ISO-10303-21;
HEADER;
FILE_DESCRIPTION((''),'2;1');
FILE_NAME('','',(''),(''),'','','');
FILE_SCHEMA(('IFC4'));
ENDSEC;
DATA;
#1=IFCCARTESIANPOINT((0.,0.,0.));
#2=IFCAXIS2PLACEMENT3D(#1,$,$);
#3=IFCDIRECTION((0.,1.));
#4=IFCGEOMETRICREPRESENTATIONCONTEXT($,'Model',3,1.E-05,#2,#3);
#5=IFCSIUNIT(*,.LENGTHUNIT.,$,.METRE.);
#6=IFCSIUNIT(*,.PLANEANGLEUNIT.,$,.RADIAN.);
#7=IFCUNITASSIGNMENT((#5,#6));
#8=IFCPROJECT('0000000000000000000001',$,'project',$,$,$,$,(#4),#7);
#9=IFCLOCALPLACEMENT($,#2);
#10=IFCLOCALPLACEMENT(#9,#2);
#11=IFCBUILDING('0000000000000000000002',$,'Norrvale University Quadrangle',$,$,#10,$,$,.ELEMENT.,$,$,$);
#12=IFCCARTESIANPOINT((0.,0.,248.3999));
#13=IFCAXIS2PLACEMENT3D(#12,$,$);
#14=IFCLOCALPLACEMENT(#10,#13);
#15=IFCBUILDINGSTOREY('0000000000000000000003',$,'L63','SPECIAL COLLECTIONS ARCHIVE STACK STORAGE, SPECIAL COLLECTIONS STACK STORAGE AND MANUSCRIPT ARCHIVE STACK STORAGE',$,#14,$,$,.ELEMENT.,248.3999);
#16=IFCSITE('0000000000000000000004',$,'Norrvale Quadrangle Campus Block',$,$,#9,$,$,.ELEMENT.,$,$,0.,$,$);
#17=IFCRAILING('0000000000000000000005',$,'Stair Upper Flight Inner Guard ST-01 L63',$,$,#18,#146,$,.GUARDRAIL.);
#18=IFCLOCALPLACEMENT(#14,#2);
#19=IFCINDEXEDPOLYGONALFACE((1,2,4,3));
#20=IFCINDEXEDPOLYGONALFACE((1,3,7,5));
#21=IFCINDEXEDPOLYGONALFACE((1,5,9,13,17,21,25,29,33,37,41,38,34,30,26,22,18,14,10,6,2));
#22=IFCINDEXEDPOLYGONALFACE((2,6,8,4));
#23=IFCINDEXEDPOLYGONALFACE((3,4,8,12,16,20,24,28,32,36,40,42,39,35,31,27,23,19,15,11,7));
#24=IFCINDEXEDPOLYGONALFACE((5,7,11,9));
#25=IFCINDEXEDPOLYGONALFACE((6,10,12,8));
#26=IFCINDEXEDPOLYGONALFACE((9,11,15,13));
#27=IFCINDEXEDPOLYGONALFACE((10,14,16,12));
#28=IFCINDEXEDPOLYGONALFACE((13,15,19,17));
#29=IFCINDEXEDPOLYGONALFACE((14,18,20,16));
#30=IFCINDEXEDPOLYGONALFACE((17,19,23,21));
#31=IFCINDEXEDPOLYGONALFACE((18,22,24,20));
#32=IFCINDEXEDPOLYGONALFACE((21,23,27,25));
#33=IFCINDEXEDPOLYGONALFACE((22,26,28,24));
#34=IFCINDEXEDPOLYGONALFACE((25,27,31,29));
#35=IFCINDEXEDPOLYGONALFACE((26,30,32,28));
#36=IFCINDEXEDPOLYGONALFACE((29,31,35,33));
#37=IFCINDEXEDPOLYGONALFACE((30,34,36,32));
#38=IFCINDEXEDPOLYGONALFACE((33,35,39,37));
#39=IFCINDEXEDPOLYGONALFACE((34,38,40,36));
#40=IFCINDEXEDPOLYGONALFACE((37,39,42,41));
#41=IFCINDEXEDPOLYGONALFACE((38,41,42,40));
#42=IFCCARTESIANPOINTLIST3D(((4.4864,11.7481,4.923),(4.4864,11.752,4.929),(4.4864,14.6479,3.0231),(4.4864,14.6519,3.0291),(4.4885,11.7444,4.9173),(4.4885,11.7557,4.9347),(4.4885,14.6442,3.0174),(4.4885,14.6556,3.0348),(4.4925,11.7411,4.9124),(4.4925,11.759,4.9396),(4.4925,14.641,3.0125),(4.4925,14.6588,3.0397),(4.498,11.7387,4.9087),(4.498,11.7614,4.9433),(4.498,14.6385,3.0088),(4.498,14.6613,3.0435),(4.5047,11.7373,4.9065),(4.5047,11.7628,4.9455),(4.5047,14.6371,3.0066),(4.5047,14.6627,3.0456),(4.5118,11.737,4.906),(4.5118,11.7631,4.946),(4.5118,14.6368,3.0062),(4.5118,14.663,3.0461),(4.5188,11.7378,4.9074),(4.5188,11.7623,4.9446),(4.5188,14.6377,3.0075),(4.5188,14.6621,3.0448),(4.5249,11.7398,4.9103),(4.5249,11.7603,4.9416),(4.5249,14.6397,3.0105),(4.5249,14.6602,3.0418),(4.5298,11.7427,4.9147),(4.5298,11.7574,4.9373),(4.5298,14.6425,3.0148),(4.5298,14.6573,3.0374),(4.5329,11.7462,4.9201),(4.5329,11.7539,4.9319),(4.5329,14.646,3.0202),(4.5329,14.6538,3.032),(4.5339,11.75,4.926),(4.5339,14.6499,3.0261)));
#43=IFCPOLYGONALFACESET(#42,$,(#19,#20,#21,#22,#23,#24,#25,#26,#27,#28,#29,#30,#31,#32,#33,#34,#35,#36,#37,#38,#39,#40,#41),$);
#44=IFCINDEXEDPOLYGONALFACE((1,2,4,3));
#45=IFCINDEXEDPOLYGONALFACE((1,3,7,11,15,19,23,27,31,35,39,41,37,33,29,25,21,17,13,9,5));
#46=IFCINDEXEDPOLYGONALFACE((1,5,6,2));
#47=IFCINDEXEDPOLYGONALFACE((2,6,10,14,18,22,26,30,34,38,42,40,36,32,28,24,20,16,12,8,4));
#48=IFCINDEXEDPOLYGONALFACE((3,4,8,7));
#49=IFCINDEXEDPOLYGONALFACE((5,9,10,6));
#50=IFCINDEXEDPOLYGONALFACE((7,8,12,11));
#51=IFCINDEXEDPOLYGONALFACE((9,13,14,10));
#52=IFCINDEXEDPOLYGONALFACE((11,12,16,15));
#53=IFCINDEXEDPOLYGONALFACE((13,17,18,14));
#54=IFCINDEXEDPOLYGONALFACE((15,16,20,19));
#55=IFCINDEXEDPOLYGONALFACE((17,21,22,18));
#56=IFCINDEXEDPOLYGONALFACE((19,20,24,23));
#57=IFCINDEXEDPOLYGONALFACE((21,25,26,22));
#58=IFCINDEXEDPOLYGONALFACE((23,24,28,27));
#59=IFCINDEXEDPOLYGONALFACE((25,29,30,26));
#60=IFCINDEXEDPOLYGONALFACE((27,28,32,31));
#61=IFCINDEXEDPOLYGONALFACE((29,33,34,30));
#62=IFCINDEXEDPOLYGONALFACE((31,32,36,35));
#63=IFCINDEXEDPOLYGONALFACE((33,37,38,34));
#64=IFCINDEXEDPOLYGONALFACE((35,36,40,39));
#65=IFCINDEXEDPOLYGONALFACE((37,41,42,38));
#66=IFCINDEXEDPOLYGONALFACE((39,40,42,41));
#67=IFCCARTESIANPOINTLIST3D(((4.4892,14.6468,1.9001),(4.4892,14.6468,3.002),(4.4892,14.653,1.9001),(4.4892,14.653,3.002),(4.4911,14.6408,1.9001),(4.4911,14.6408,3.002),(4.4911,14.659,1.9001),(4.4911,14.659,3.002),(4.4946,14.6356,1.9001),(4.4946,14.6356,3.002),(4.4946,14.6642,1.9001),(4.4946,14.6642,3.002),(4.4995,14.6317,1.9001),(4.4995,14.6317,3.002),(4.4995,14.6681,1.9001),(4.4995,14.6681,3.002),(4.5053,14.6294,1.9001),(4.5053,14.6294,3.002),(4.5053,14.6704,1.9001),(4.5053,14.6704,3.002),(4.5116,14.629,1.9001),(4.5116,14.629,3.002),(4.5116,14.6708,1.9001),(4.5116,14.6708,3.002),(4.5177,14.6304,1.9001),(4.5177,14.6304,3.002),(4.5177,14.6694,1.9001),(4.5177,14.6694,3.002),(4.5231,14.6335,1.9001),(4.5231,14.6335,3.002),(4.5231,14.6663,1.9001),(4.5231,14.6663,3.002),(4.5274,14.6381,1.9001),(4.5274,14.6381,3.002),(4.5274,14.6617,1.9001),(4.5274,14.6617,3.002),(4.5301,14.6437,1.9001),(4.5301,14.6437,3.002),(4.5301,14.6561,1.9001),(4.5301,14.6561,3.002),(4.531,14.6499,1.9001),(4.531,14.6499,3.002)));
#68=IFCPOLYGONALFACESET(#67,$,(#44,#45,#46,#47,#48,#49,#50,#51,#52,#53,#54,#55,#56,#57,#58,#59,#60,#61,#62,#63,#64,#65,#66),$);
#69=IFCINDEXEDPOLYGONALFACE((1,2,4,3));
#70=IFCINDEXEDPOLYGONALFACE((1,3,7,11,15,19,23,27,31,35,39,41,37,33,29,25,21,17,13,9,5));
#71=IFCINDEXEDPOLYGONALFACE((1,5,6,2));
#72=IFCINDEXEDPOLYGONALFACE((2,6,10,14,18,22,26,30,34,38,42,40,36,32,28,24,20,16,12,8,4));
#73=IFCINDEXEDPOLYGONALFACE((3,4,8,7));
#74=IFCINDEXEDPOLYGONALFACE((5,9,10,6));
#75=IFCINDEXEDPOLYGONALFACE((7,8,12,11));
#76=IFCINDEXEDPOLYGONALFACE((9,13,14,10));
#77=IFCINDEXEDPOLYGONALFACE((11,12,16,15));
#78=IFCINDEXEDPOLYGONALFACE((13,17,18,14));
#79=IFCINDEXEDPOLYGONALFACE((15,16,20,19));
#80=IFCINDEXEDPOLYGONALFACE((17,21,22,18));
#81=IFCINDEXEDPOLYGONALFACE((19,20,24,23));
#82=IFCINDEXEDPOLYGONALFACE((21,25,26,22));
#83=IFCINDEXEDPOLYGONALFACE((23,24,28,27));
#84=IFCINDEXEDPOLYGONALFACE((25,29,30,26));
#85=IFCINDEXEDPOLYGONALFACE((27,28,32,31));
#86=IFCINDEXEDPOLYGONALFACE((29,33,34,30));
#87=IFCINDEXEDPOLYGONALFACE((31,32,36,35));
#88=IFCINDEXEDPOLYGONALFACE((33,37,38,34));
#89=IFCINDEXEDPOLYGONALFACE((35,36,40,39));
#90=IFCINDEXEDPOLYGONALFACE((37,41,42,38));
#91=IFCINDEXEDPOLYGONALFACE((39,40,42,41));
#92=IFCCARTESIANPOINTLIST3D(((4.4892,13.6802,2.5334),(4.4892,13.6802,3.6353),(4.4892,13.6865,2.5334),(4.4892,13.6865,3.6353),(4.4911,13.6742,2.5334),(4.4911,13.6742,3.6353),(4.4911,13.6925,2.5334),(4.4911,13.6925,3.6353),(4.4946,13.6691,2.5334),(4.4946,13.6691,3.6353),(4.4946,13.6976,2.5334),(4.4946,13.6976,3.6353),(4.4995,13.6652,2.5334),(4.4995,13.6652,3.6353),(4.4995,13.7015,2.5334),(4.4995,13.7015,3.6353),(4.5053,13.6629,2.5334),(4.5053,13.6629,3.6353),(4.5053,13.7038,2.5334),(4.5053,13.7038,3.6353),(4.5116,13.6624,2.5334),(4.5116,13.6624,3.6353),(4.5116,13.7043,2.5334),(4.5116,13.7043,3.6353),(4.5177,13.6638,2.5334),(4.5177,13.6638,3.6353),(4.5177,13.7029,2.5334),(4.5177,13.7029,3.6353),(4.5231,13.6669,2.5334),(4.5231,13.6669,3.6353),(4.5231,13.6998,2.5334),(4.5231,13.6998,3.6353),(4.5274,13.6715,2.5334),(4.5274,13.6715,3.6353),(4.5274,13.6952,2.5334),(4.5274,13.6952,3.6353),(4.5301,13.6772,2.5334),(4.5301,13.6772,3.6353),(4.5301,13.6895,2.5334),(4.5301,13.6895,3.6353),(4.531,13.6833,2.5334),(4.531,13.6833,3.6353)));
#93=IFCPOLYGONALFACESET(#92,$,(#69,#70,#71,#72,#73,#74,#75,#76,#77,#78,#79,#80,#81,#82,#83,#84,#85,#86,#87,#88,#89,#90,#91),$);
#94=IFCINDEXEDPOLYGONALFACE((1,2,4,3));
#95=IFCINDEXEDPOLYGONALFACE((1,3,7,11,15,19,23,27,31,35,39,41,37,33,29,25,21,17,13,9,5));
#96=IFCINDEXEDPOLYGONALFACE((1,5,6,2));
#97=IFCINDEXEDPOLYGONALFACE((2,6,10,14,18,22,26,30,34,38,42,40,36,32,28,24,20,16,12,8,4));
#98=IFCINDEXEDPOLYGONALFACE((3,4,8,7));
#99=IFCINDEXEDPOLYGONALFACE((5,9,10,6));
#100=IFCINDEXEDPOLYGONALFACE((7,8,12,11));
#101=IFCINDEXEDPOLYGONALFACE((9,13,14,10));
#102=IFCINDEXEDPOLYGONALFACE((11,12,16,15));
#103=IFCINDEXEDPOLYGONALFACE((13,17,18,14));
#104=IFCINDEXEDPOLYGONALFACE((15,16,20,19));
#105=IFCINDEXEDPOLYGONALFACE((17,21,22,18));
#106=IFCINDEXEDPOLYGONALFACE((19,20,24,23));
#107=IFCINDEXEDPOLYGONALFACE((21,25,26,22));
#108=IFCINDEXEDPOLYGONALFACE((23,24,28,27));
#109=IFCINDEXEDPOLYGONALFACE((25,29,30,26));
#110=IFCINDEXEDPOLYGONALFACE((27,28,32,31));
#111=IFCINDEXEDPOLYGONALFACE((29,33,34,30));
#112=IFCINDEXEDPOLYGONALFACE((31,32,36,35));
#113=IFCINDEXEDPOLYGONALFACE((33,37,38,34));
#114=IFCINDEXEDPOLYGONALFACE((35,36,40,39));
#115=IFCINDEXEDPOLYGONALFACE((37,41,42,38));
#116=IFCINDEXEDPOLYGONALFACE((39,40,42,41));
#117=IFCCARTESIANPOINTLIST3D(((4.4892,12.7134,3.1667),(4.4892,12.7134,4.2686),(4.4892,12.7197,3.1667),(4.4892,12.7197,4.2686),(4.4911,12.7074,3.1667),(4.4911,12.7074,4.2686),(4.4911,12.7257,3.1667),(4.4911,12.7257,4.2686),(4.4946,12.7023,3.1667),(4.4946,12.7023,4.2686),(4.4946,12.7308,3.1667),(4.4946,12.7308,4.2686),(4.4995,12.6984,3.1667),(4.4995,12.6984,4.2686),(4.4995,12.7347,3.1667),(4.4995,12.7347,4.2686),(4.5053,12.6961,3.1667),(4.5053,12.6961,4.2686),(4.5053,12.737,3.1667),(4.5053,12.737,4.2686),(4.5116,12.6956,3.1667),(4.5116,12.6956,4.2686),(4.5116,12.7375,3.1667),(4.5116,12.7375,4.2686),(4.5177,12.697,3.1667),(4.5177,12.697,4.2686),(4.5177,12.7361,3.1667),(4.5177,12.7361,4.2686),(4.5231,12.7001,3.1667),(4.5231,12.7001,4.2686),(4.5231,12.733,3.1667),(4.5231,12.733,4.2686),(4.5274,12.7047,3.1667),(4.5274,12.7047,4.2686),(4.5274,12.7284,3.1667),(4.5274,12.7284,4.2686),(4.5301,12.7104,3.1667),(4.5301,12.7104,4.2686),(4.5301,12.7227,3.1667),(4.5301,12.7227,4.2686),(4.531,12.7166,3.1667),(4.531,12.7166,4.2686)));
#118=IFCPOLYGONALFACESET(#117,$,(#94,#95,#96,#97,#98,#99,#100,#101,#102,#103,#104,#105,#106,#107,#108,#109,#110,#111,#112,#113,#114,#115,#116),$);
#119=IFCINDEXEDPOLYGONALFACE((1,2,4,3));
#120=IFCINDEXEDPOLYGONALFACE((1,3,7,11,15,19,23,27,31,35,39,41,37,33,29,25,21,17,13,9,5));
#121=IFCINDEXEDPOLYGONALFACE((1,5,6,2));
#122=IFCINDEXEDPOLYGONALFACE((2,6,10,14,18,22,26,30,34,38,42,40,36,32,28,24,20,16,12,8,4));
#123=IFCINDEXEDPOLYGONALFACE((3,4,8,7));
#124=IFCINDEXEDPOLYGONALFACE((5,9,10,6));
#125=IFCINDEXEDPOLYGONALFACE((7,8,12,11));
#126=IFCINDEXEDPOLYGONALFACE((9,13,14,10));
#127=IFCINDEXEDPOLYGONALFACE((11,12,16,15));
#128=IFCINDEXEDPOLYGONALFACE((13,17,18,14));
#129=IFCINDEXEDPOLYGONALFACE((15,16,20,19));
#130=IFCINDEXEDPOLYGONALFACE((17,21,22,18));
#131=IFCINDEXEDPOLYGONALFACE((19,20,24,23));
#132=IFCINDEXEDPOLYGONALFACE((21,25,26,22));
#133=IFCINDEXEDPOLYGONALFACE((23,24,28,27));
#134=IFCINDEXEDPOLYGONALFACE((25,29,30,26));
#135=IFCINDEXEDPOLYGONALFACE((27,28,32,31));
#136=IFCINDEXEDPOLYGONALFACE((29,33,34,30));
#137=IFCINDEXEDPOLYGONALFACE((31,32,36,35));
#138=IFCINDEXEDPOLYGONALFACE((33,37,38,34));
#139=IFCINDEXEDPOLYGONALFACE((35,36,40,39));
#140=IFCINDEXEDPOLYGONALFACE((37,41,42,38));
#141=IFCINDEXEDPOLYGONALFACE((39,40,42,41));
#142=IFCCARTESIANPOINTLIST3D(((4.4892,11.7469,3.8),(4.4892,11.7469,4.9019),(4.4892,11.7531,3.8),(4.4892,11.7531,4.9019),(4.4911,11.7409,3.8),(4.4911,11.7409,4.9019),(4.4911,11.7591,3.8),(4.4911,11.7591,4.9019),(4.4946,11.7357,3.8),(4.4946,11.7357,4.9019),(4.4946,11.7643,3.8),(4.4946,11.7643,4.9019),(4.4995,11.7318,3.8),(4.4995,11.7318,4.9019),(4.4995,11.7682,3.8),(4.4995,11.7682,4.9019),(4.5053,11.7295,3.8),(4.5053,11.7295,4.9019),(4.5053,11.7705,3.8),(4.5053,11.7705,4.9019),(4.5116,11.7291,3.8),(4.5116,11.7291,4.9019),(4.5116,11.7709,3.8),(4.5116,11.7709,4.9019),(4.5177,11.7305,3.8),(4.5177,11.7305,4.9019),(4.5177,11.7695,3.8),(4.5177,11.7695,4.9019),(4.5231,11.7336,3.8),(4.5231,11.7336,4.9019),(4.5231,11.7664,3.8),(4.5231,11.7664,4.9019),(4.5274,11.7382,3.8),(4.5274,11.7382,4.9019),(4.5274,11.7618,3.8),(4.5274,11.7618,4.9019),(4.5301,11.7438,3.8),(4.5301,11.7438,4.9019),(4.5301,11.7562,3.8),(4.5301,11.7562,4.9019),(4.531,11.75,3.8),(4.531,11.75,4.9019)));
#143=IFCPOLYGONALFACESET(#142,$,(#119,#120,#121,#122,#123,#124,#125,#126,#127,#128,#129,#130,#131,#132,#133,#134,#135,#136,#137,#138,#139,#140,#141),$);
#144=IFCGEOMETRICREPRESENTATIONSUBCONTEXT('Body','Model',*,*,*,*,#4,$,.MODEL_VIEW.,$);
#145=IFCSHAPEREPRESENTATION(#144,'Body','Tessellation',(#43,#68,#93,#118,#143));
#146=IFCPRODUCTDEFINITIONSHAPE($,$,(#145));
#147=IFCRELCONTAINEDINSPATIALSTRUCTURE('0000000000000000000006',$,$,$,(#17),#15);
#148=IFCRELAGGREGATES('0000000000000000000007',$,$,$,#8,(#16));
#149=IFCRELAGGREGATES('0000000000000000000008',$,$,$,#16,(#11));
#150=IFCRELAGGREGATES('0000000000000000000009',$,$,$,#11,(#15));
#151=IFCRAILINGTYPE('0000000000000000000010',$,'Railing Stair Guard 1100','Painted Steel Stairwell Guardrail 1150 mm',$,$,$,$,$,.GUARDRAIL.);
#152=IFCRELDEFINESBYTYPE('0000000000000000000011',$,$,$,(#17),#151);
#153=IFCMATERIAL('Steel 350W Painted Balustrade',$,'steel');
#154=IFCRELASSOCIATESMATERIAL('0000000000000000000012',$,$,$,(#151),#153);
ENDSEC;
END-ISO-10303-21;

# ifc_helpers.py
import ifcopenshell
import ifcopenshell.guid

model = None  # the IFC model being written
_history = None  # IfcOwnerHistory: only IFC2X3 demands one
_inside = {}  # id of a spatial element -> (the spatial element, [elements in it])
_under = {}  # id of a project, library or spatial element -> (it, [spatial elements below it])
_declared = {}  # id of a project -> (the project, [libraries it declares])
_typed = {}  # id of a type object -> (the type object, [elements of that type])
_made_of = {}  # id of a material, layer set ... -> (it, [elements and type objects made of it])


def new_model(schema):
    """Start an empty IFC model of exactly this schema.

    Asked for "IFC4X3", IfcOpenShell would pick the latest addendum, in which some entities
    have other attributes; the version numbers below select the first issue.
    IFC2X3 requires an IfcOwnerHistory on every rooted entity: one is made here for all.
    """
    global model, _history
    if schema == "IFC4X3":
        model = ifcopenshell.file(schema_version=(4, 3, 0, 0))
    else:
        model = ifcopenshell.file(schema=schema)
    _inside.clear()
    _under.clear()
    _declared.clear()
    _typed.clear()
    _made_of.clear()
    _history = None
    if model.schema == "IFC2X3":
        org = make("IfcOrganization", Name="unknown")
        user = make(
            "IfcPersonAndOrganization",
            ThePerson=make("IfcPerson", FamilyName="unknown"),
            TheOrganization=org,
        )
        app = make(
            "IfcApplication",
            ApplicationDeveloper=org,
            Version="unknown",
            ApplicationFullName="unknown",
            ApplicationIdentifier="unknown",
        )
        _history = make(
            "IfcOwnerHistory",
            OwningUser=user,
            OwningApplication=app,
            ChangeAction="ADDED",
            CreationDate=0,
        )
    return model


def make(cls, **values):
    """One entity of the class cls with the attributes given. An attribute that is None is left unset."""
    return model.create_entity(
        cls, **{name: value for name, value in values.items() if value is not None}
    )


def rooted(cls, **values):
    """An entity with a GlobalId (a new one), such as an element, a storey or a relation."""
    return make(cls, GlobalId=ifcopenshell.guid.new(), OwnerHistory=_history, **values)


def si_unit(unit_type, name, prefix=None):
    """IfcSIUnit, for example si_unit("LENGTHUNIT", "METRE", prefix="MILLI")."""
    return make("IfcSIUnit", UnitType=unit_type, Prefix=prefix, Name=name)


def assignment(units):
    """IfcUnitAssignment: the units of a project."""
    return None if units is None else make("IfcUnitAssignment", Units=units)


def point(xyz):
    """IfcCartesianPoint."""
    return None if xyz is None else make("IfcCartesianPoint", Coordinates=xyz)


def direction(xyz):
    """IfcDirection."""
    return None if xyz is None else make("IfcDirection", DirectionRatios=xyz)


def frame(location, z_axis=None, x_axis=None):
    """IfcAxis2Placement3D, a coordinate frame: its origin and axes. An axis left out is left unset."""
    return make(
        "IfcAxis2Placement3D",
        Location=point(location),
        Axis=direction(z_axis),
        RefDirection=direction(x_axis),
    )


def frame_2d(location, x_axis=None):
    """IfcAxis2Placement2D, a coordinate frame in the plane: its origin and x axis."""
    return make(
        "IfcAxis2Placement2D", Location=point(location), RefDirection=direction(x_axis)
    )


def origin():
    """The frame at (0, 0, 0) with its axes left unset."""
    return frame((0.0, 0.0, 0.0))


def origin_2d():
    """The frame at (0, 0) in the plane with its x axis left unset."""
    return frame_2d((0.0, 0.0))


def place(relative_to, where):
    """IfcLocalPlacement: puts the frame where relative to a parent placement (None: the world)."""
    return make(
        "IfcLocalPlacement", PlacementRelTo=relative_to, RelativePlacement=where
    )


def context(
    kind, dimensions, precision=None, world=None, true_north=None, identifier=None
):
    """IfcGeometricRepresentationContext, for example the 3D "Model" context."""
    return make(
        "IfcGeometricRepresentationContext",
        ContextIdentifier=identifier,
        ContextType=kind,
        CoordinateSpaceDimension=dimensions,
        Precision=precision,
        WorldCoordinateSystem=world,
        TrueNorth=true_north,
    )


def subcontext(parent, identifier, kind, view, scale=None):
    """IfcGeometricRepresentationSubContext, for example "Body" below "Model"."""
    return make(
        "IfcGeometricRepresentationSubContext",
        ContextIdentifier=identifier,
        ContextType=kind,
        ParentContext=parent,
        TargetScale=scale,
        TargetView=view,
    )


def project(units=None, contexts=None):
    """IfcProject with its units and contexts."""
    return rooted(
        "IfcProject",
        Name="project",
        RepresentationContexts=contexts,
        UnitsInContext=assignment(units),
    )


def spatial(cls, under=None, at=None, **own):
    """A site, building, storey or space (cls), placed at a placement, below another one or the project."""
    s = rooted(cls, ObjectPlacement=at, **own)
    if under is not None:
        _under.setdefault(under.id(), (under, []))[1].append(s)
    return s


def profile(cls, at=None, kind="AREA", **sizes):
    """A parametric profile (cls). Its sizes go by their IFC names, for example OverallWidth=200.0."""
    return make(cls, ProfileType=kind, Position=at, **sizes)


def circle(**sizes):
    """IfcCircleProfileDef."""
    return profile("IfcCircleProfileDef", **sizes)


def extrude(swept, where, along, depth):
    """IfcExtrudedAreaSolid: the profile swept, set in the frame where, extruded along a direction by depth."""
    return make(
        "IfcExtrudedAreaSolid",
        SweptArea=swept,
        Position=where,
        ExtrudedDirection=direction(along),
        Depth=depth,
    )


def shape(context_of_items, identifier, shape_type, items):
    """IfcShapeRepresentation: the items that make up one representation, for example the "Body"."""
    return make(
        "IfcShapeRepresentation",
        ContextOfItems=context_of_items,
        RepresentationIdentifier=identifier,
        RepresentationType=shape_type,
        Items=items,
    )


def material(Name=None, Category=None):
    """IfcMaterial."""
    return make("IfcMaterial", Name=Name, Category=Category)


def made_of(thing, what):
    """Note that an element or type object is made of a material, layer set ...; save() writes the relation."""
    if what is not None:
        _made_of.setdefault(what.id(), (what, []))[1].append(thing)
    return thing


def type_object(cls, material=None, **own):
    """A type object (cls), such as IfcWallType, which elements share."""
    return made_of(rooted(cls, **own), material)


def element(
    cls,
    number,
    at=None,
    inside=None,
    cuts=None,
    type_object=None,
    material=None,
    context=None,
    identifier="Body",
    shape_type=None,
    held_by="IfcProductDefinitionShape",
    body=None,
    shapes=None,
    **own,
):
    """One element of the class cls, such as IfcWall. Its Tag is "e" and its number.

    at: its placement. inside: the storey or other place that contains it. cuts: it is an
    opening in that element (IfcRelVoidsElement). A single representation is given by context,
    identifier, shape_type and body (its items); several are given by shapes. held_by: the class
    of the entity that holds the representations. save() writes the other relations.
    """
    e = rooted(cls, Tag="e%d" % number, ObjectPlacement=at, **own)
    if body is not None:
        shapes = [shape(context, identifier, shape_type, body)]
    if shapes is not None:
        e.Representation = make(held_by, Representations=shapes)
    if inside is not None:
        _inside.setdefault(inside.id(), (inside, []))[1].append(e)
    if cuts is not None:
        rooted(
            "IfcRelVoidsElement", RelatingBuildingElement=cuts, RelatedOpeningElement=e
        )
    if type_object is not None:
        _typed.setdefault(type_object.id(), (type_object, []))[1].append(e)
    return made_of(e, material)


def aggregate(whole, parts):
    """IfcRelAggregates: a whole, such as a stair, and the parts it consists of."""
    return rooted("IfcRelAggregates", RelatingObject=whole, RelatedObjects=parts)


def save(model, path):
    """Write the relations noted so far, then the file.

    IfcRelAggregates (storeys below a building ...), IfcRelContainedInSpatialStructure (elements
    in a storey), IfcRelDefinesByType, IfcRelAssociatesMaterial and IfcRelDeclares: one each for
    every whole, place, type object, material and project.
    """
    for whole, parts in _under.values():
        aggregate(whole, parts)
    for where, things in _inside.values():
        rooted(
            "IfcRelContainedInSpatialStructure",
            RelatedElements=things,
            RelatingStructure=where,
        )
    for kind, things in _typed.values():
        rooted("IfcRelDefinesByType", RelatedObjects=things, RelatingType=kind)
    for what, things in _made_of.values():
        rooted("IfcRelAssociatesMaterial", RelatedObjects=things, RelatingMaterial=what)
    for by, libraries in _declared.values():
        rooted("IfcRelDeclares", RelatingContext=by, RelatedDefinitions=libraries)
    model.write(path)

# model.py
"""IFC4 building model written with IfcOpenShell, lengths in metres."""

from ifc_helpers import new_model, si_unit, direction, frame, origin, origin_2d, place, context, subcontext, project, spatial, circle, extrude, material, type_object, element, save


model = new_model("IFC4")

# Units and contexts
model_context = context("Model", 3, precision=1e-05, world=origin(), true_north=direction((0.0, 1.0)))
body_context = subcontext(model_context, "Body", "Model", "MODEL_VIEW")
ifc_project = project(units=[si_unit("LENGTHUNIT", "METRE"), si_unit("PLANEANGLEUNIT", "RADIAN")], contexts=[model_context])

# Site, building, storey
site_placement = place(None, origin())
site = spatial("IfcSite", under=ifc_project, at=site_placement, Name="Norrvale Quadrangle Campus Block", CompositionType="ELEMENT", RefElevation=0.0)
building_placement = place(site_placement, origin())
building = spatial("IfcBuilding", under=site, at=building_placement, Name="Norrvale University Quadrangle", CompositionType="ELEMENT")
storey_placement = place(building_placement, frame((0.0, 0.0, 248.3999)))
storey = spatial("IfcBuildingStorey", under=building, at=storey_placement, Name="L63", Description="SPECIAL COLLECTIONS ARCHIVE STACK STORAGE, SPECIAL COLLECTIONS STACK STORAGE AND MANUSCRIPT ARCHIVE STACK STORAGE", CompositionType="ELEMENT", Elevation=248.3999)

# Railing
ifc_material_1 = material(Name="Steel 350W Painted Balustrade", Category="steel")
railing_type_1 = type_object("IfcRailingType", Name="Railing Stair Guard 1100", Description="Painted Steel Stairwell Guardrail 1150 mm", PredefinedType="GUARDRAIL", material=ifc_material_1)
railing_1_placement = place(storey_placement, frame((4.51, 14.6499, 1.9001)))
element("IfcRailing", 1, at=railing_1_placement, inside=storey, type_object=railing_type_1, Name="Stair Upper Flight Inner Guard ST-01 L63", PredefinedType="GUARDRAIL", context=body_context, shape_type="SweptSolid", body=[
    extrude(circle(Radius=0.0239, at=origin_2d()), frame((0.0, 0.0, 1.126), z_axis=(0.0, -0.836466, 0.548019), x_axis=(1.0, 0.0, 0.0)), (0.0, 0.0, 1.0), 3.4668),
    extrude(circle(Radius=0.021, at=origin_2d()), origin(), (0.0, 0.0, 1.0), 1.1018),
    extrude(circle(Radius=0.021, at=origin_2d()), frame((0.0, -0.9666, 0.6333)), (0.0, 0.0, 1.0), 1.1018),
    extrude(circle(Radius=0.021, at=origin_2d()), frame((0.0, -1.9333, 1.2666)), (0.0, 0.0, 1.0), 1.1018),
    extrude(circle(Radius=0.021, at=origin_2d()), frame((0.0, -2.8999, 1.8999)), (0.0, 0.0, 1.0), 1.1018),
])

save(model, "model.ifc")
